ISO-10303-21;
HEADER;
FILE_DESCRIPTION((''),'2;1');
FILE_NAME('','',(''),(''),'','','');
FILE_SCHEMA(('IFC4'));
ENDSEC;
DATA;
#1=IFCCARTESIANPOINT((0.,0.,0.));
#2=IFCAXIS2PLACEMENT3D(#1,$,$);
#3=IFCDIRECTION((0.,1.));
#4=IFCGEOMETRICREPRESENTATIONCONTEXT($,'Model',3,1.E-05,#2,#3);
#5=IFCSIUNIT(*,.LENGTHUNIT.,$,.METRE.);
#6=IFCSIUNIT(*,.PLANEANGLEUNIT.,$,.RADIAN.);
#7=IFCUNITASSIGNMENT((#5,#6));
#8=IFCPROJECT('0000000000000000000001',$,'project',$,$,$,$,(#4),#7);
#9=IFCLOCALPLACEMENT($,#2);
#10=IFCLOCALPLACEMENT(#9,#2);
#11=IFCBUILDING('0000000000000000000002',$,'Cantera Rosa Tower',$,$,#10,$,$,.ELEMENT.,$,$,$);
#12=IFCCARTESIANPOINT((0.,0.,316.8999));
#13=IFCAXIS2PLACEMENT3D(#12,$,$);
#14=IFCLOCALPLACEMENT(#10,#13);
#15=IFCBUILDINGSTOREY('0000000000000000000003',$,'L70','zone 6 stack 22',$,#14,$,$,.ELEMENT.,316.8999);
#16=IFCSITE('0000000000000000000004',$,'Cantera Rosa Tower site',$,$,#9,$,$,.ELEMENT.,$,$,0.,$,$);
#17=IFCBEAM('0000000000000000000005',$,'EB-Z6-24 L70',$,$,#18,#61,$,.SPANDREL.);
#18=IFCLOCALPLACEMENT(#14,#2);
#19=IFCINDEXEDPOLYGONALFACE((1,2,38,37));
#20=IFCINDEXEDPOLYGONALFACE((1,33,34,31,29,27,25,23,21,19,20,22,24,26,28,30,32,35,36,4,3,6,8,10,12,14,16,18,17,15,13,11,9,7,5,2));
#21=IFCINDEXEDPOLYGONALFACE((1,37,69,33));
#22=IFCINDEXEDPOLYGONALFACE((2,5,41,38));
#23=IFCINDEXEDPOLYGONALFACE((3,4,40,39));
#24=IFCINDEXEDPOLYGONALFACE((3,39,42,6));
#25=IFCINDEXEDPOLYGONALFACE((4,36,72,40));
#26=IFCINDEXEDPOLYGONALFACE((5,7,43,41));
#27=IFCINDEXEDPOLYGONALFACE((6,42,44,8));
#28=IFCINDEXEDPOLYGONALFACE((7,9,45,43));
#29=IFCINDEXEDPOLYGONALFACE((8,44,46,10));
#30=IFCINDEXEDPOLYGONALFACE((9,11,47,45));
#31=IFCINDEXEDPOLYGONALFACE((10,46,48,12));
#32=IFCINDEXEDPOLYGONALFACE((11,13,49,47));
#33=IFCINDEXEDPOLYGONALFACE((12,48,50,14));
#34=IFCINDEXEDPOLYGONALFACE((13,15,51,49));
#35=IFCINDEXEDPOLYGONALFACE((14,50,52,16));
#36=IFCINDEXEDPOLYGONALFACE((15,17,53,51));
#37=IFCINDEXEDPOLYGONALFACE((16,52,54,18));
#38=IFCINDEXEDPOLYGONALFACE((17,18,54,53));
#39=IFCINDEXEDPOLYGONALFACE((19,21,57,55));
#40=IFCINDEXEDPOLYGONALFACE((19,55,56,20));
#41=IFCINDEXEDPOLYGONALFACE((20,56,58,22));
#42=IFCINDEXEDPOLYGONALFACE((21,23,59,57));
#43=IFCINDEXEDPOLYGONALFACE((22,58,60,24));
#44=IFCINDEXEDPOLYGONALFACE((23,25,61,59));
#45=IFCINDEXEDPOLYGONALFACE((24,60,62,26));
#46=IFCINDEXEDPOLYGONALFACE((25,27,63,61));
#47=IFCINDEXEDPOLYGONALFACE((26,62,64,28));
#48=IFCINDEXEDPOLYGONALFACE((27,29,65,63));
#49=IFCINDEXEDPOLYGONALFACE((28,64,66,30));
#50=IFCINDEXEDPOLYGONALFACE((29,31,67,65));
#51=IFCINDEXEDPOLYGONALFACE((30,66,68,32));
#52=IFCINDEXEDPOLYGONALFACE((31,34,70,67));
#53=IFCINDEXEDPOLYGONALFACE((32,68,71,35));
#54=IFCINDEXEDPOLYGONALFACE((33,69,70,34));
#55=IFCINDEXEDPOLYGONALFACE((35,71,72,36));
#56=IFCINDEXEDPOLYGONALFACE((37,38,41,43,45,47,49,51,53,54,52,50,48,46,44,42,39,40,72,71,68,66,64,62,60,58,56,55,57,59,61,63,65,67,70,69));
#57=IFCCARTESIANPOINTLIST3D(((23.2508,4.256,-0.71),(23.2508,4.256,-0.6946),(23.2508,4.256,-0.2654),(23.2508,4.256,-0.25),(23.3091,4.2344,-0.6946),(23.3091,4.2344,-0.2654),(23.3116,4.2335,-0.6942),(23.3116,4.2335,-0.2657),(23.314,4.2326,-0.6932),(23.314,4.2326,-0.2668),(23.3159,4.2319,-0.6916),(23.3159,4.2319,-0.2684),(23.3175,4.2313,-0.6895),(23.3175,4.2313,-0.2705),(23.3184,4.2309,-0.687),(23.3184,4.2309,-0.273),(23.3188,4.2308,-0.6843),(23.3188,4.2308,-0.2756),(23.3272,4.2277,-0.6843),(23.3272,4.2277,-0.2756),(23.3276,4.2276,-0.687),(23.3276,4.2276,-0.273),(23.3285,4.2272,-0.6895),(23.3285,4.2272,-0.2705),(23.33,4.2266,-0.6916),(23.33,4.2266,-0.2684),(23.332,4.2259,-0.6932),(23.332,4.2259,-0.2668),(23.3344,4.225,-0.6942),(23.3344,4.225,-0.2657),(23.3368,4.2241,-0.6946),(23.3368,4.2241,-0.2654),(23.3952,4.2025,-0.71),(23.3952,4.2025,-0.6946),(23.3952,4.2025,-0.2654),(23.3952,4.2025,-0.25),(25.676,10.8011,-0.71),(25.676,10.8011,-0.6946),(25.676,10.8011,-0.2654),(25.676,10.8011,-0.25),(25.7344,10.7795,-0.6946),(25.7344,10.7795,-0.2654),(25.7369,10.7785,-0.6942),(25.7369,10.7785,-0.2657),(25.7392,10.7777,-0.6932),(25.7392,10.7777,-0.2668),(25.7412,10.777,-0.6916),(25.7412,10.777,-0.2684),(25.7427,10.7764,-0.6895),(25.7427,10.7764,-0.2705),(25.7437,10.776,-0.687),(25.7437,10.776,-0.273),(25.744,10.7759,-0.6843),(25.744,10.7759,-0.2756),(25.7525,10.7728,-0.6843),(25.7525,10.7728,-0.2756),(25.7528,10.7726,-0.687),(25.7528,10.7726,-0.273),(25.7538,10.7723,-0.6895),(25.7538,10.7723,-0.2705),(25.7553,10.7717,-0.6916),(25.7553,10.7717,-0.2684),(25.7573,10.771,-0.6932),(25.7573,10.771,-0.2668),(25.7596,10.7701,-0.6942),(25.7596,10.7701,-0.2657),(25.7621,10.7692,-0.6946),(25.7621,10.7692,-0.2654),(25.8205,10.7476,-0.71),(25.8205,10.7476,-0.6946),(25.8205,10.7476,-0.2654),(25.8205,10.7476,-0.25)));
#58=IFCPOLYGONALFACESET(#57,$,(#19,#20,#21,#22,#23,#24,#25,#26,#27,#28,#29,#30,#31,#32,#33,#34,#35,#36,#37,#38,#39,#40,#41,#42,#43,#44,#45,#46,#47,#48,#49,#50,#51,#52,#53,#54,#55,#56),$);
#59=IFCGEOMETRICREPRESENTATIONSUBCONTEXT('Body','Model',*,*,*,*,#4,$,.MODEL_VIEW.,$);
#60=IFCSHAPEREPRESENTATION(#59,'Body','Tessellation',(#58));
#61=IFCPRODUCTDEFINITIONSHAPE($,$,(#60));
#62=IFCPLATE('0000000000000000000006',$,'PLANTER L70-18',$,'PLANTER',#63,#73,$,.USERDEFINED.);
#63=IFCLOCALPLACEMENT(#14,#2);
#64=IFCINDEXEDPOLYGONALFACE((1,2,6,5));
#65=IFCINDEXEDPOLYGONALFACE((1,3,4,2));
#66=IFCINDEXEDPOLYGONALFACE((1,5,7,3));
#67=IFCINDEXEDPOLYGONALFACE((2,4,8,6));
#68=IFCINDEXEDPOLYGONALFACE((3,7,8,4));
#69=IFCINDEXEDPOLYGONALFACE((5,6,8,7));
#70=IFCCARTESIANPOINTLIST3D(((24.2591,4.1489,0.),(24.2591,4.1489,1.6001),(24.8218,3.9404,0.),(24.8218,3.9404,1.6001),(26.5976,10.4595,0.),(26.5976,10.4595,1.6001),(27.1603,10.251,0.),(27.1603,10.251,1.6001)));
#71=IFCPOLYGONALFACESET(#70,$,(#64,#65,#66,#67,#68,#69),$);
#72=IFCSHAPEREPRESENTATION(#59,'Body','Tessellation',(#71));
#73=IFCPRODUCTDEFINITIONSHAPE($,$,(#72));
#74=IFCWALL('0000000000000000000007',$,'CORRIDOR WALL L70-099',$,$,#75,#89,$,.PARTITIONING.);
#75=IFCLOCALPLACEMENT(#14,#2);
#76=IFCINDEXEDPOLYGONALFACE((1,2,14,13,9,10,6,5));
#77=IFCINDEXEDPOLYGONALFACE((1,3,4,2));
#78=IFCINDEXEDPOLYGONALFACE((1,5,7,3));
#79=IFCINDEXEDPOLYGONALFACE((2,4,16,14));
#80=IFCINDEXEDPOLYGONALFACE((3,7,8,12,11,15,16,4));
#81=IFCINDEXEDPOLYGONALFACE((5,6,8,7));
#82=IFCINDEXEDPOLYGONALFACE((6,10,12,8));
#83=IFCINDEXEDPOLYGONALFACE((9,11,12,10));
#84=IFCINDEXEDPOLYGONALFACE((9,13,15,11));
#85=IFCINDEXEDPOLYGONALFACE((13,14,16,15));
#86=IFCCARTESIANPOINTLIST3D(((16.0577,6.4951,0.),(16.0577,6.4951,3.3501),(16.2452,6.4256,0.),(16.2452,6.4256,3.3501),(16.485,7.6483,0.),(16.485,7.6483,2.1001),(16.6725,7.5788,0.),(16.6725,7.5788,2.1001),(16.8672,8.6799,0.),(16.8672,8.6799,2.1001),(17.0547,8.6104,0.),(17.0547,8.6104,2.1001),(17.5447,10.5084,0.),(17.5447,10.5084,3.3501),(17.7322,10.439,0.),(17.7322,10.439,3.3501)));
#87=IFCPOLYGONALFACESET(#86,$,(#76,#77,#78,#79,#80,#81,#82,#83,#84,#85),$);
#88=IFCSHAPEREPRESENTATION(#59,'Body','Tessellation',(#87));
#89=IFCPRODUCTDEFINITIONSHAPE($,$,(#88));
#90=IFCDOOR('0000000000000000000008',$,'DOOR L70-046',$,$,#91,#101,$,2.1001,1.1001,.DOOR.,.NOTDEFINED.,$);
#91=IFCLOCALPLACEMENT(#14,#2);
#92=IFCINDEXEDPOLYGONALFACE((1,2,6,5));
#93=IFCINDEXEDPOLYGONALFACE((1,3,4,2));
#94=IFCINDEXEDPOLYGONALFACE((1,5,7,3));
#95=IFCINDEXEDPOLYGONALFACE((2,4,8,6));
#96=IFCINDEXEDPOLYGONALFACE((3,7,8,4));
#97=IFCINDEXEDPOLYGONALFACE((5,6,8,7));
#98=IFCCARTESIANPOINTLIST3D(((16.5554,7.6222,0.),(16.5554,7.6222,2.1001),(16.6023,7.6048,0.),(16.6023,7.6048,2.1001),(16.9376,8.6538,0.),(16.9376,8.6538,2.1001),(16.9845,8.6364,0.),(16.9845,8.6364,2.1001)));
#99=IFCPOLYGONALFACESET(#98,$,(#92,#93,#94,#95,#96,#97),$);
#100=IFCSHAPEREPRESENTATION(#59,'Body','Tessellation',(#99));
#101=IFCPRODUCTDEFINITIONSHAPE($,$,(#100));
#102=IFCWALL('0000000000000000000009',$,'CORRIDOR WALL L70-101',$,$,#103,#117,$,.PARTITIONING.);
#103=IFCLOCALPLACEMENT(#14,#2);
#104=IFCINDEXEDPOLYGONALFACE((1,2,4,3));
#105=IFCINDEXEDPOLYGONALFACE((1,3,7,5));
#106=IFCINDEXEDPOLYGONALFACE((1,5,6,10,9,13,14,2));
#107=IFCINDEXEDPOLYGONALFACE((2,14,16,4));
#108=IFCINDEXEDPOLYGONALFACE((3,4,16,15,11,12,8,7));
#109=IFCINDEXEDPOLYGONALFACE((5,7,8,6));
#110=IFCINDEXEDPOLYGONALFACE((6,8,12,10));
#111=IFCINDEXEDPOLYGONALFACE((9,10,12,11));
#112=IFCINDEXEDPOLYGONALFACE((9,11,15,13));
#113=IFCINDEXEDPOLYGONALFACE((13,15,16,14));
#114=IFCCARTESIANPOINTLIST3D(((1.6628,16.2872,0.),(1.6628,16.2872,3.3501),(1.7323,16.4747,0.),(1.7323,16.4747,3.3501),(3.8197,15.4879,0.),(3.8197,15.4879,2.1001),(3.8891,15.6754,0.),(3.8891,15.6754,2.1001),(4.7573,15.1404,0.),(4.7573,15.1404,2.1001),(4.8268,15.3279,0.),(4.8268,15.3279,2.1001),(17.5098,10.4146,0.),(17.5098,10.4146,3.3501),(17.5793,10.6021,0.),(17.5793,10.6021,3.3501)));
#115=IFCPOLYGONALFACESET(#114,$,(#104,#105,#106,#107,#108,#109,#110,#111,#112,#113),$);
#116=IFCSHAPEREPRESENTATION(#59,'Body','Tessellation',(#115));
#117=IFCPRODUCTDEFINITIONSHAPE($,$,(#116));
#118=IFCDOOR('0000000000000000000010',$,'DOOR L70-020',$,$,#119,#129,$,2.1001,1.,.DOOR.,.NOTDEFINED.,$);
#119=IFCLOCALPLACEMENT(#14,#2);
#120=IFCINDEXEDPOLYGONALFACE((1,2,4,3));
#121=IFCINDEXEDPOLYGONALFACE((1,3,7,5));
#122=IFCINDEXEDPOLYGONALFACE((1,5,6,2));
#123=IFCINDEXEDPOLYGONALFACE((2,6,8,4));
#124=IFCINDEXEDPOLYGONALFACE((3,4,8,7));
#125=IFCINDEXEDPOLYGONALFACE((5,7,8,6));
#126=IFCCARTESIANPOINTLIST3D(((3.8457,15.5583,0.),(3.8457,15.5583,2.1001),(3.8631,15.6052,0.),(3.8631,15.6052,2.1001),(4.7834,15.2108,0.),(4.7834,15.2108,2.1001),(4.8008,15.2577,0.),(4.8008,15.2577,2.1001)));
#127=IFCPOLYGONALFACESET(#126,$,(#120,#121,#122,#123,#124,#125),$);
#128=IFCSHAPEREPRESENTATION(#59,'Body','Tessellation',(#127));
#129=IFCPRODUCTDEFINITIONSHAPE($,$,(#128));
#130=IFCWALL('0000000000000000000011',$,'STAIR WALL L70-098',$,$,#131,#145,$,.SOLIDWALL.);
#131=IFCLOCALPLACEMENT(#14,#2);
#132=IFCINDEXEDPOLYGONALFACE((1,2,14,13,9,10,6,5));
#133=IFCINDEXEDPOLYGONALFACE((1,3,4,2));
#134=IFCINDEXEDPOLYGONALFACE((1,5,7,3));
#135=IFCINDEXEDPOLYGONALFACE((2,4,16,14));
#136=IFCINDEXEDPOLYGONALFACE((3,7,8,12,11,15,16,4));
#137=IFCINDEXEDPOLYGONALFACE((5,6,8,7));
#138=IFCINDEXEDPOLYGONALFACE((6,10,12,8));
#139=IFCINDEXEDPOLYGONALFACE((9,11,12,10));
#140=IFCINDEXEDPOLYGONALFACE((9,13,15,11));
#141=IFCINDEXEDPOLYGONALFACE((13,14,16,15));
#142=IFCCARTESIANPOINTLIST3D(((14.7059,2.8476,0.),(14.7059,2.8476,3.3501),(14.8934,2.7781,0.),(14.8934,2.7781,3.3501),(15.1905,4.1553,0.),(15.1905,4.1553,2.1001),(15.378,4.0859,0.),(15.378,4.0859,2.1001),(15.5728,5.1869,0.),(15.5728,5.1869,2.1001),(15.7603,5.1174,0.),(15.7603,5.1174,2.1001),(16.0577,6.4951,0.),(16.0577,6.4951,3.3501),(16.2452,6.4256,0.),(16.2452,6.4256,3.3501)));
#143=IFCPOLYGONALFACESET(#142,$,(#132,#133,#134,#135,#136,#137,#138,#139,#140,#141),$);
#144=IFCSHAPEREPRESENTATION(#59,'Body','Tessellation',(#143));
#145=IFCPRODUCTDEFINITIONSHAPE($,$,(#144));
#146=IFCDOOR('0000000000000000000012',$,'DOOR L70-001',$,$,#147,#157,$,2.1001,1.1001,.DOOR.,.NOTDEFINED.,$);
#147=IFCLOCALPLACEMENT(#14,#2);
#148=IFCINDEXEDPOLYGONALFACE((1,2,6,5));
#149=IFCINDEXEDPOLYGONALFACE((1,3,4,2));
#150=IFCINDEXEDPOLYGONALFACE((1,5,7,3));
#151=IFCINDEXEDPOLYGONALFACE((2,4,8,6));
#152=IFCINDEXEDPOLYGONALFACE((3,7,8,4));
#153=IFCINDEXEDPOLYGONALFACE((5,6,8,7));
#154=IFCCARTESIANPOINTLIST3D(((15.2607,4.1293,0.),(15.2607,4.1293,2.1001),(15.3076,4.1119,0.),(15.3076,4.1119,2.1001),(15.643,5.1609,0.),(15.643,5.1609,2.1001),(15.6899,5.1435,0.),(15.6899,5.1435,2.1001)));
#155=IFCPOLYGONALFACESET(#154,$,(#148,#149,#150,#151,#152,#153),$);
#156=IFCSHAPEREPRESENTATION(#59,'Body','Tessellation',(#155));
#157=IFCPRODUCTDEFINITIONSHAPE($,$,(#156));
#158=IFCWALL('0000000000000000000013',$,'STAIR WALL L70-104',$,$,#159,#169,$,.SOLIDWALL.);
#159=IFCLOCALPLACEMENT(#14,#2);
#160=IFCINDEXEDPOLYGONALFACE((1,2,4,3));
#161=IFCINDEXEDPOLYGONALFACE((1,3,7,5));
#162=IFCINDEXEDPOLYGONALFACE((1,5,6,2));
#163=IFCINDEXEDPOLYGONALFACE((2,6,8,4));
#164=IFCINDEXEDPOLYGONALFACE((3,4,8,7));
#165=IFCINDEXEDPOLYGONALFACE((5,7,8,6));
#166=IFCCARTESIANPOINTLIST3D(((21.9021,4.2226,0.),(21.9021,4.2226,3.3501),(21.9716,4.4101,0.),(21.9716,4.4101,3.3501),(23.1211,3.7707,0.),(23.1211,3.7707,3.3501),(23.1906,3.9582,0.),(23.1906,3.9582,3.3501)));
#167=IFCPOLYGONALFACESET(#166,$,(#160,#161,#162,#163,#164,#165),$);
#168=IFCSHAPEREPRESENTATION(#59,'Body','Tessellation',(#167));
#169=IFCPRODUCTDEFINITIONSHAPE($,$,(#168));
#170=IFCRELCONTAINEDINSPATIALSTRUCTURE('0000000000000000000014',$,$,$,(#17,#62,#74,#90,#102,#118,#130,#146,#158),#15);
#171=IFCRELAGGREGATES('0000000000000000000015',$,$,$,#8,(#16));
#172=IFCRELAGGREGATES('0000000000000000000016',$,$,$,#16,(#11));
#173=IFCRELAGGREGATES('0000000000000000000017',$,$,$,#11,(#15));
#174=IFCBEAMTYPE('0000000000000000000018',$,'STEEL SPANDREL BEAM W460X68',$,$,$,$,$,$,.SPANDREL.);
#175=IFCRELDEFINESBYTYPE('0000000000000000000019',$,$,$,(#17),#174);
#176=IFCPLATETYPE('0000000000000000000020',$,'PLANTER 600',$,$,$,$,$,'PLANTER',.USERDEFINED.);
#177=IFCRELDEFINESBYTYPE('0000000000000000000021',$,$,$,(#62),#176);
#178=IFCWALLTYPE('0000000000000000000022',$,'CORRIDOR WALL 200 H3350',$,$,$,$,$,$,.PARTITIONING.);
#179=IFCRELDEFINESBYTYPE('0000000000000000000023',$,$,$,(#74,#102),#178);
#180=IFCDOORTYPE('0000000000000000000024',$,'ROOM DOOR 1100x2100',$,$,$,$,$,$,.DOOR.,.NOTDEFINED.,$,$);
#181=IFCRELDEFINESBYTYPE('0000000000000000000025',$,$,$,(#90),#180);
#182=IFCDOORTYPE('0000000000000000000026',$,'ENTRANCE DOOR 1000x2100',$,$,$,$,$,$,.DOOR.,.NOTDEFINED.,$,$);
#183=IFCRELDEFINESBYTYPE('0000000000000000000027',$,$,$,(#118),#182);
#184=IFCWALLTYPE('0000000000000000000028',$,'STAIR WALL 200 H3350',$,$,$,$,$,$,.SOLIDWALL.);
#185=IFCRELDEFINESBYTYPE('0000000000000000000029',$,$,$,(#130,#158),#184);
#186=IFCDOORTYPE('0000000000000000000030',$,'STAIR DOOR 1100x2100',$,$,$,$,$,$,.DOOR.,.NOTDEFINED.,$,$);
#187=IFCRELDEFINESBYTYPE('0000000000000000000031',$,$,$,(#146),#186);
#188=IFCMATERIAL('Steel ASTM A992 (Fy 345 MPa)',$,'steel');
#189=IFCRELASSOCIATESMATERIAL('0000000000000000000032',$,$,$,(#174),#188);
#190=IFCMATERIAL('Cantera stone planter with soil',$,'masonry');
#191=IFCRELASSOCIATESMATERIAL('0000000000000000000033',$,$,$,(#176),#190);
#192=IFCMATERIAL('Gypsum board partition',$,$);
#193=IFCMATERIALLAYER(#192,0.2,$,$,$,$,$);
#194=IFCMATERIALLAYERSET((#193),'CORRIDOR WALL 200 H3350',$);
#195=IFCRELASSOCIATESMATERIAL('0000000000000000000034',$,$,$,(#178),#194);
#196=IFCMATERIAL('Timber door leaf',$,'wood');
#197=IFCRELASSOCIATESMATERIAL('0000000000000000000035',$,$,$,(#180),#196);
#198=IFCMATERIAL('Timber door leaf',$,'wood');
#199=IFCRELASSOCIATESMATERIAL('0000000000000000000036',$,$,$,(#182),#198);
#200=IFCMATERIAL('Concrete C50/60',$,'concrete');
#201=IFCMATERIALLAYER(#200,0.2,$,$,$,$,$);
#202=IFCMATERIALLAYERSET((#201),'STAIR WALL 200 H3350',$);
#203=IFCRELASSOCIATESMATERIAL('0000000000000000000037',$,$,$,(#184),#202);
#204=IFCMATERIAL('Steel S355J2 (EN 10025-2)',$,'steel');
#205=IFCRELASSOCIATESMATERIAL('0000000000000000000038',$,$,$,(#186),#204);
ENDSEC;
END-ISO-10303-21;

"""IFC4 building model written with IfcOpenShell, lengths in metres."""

from ifc_helpers import new_model, si_unit, direction, frame, frame_2d, origin, origin_2d, place, context, subcontext, project, spatial, rectangle, i_section, extrude, material, layer, layer_set, material_profile, profile_set, type_object, element, fill, save


model = new_model("IFC4")

# Units and contexts
model_context = context("Model", 3, precision=1e-05, world=origin(), true_north=direction((0.0, 1.0)))
body_context = subcontext(model_context, "Body", "Model", "MODEL_VIEW")
ifc_project = project(units=[si_unit("LENGTHUNIT", "METRE"), si_unit("PLANEANGLEUNIT", "RADIAN")], contexts=[model_context])

# Site, building, storey
site_placement = place(None, origin())
site = spatial("IfcSite", under=ifc_project, at=site_placement, Name="Cantera Rosa Tower site", CompositionType="ELEMENT", RefElevation=0.0)
building_placement = place(site_placement, origin())
building = spatial("IfcBuilding", under=site, at=building_placement, Name="Cantera Rosa Tower", CompositionType="ELEMENT")
storey_placement = place(building_placement, frame((0.0, 0.0, 316.8999)))
storey = spatial("IfcBuildingStorey", under=building, at=storey_placement, Name="L70", Description="zone 6 stack 22", CompositionType="ELEMENT", Elevation=316.8999)

# Beam
ifc_material_1 = material(Name="Steel ASTM A992 (Fy 345 MPa)", Category="steel")
ifc_material_profile_1 = material_profile(ifc_material_1, i_section(OverallWidth=0.1541, OverallDepth=0.46, WebThickness=0.009, FlangeThickness=0.0154, FilletRadius=0.0103, at=origin_2d()), Name="W460X68")
ifc_profile_set_1 = profile_set([ifc_material_profile_1], Name="Steel ASTM A992 (Fy 345 MPa)")
beam_type_1 = type_object("IfcBeamType", Name="STEEL SPANDREL BEAM W460X68", PredefinedType="SPANDREL", material=ifc_profile_set_1)
beam_1_placement = place(storey_placement, frame((23.323, 4.2292, -0.48), z_axis=(0.34746, 0.937695, 0.0), x_axis=(-0.937695, 0.34746, 0.0)))
element("IfcBeam", 1, at=beam_1_placement, inside=storey, type_object=beam_type_1, Name="EB-Z6-24 L70", PredefinedType="SPANDREL", context=body_context, shape_type="SweptSolid", body=[
    extrude(i_section(OverallWidth=0.1541, OverallDepth=0.46, WebThickness=0.009, FlangeThickness=0.0154, FilletRadius=0.0103, at=origin_2d()), origin(), (0.0, 0.0, 1.0), 6.98),
])

# Plate
ifc_material_2 = material(Name="Cantera stone planter with soil", Category="masonry")
plate_type = type_object("IfcPlateType", Name="PLANTER 600", ElementType="PLANTER", PredefinedType="USERDEFINED", material=ifc_material_2)
plate_placement = place(storey_placement, frame((25.7097, 7.2, 0.0), z_axis=(0.0, 0.0, 1.0), x_axis=(0.347481, 0.937687, 0.0)))
element("IfcPlate", 2, at=plate_placement, inside=storey, type_object=plate_type, Name="PLANTER L70-18", ObjectType="PLANTER", PredefinedType="USERDEFINED", context=body_context, shape_type="SweptSolid", body=[
    extrude(rectangle(XDim=6.73, YDim=0.6001, at=origin_2d()), origin(), (0.0, 0.0, 1.0), 1.6001),
])

# Walls, openings, doors
ifc_material_3 = material(Name="Gypsum board partition")
ifc_layer_1 = layer(ifc_material_3, 0.2)
ifc_layer_set_1 = layer_set([ifc_layer_1], Name="CORRIDOR WALL 200 H3350")
wall_type_1 = type_object("IfcWallType", Name="CORRIDOR WALL 200 H3350", PredefinedType="PARTITIONING", material=ifc_layer_set_1)
wall_1_placement = place(storey_placement, frame((16.1514, 6.4602, 0.0), z_axis=(0.0, 0.0, 1.0), x_axis=(0.347439, 0.937703, 0.0)))
wall_1 = element("IfcWall", 3, at=wall_1_placement, inside=storey, type_object=wall_type_1, Name="CORRIDOR WALL L70-099", PredefinedType="PARTITIONING", context=body_context, shape_type="SweptSolid", body=[
    extrude(rectangle(XDim=4.28, YDim=0.2, at=frame_2d((2.1401, 0.0))), origin(), (0.0, 0.0, 1.0), 3.3501),
])
opening_1_placement = place(wall_1_placement, frame((1.23, 0.0, 0.0)))
opening_1 = element("IfcOpeningElement", 4, at=opening_1_placement, cuts=wall_1, PredefinedType="OPENING", context=body_context, shape_type="SweptSolid", body=[
    extrude(rectangle(XDim=1.1001, YDim=2.1001, at=frame_2d((0.55, 1.05))), frame((0.0, 0.1099, 0.0), z_axis=(0.0, -1.0, 0.0), x_axis=(1.0, 0.0, 0.0)), (0.0, 0.0, 1.0), 0.22),
])
ifc_material_4 = material(Name="Timber door leaf", Category="wood")
door_type_1 = type_object("IfcDoorType", Name="ROOM DOOR 1100x2100", OperationType="NOTDEFINED", PredefinedType="DOOR", material=ifc_material_4)
door_1_placement = place(opening_1_placement, origin())
door_1 = element("IfcDoor", 5, at=door_1_placement, inside=storey, type_object=door_type_1, Name="DOOR L70-046", OperationType="NOTDEFINED", OverallHeight=2.1001, OverallWidth=1.1001, PredefinedType="DOOR", context=body_context, shape_type="SweptSolid", body=[
    extrude(rectangle(XDim=1.1001, YDim=2.1001, at=frame_2d((0.55, 1.05))), frame((0.0, 0.0249, 0.0), z_axis=(0.0, -1.0, 0.0), x_axis=(1.0, 0.0, 0.0)), (0.0, 0.0, 1.0), 0.05),
])
fill(opening_1, door_1)
wall_2_placement = place(storey_placement, frame((17.5447, 10.5083, 0.0), z_axis=(0.0, 0.0, 1.0), x_axis=(-0.937685, 0.347487, 0.0)))
wall_2 = element("IfcWall", 6, at=wall_2_placement, inside=storey, type_object=wall_type_1, Name="CORRIDOR WALL L70-101", PredefinedType="PARTITIONING", context=body_context, shape_type="SweptSolid", body=[
    extrude(rectangle(XDim=16.9001, YDim=0.2, at=frame_2d((8.4502, 0.0))), origin(), (0.0, 0.0, 1.0), 3.3501),
])
opening_2_placement = place(wall_2_placement, frame((13.6001, 0.0, 0.0)))
opening_2 = element("IfcOpeningElement", 7, at=opening_2_placement, cuts=wall_2, PredefinedType="OPENING", context=body_context, shape_type="SweptSolid", body=[
    extrude(rectangle(XDim=1.0, YDim=2.1001, at=frame_2d((0.5, 1.05))), frame((0.0, 0.1099, 0.0), z_axis=(0.0, -1.0, 0.0), x_axis=(1.0, 0.0, 0.0)), (0.0, 0.0, 1.0), 0.22),
])
ifc_material_5 = material(Name="Timber door leaf", Category="wood")
door_type_2 = type_object("IfcDoorType", Name="ENTRANCE DOOR 1000x2100", OperationType="NOTDEFINED", PredefinedType="DOOR", material=ifc_material_5)
door_2_placement = place(opening_2_placement, origin())
door_2 = element("IfcDoor", 8, at=door_2_placement, inside=storey, type_object=door_type_2, Name="DOOR L70-020", OperationType="NOTDEFINED", OverallHeight=2.1001, OverallWidth=1.0, PredefinedType="DOOR", context=body_context, shape_type="SweptSolid", body=[
    extrude(rectangle(XDim=1.0, YDim=2.1001, at=frame_2d((0.5, 1.05))), frame((0.0, 0.0249, 0.0), z_axis=(0.0, -1.0, 0.0), x_axis=(1.0, 0.0, 0.0)), (0.0, 0.0, 1.0), 0.05),
])
fill(opening_2, door_2)

# Wall, opening, door
ifc_material_6 = material(Name="Concrete C50/60", Category="concrete")
ifc_layer_2 = layer(ifc_material_6, 0.2)
ifc_layer_set_2 = layer_set([ifc_layer_2], Name="STAIR WALL 200 H3350")
wall_type_2 = type_object("IfcWallType", Name="STAIR WALL 200 H3350", PredefinedType="SOLIDWALL", material=ifc_layer_set_2)
wall_3_placement = place(storey_placement, frame((16.1514, 6.4602, 0.0), z_axis=(0.0, 0.0, 1.0), x_axis=(-0.347517, -0.937674, 0.0)))
wall_3 = element("IfcWall", 9, at=wall_3_placement, inside=storey, type_object=wall_type_2, Name="STAIR WALL L70-098", PredefinedType="SOLIDWALL", context=body_context, shape_type="SweptSolid", body=[
    extrude(rectangle(XDim=3.8899, YDim=0.2, at=frame_2d((1.9448, 0.0))), origin(), (0.0, 0.0, 1.0), 3.3501),
])
opening_3_placement = place(wall_3_placement, frame((1.395, 0.0, 0.0)))
opening_3 = element("IfcOpeningElement", 10, at=opening_3_placement, cuts=wall_3, PredefinedType="OPENING", context=body_context, shape_type="SweptSolid", body=[
    extrude(rectangle(XDim=1.1001, YDim=2.1001, at=frame_2d((0.55, 1.05))), frame((0.0, 0.1099, 0.0), z_axis=(0.0, -1.0, 0.0), x_axis=(1.0, 0.0, 0.0)), (0.0, 0.0, 1.0), 0.22),
])
ifc_material_7 = material(Name="Steel S355J2 (EN 10025-2)", Category="steel")
door_type_3 = type_object("IfcDoorType", Name="STAIR DOOR 1100x2100", OperationType="NOTDEFINED", PredefinedType="DOOR", material=ifc_material_7)
door_3_placement = place(opening_3_placement, origin())
door_3 = element("IfcDoor", 11, at=door_3_placement, inside=storey, type_object=door_type_3, Name="DOOR L70-001", OperationType="NOTDEFINED", OverallHeight=2.1001, OverallWidth=1.1001, PredefinedType="DOOR", context=body_context, shape_type="SweptSolid", body=[
    extrude(rectangle(XDim=1.1001, YDim=2.1001, at=frame_2d((0.55, 1.05))), frame((0.0, 0.0249, 0.0), z_axis=(0.0, -1.0, 0.0), x_axis=(1.0, 0.0, 0.0)), (0.0, 0.0, 1.0), 0.05),
])
fill(opening_3, door_3)

# Wall
wall_4_placement = place(storey_placement, frame((23.1558, 3.8645, 0.0), z_axis=(0.0, 0.0, 1.0), x_axis=(-0.937642, 0.347602, 0.0)))
element("IfcWall", 12, at=wall_4_placement, inside=storey, type_object=wall_type_2, Name="STAIR WALL L70-104", PredefinedType="SOLIDWALL", context=body_context, shape_type="SweptSolid", body=[
    extrude(rectangle(XDim=1.3, YDim=0.2, at=frame_2d((0.6499, 0.0))), origin(), (0.0, 0.0, 1.0), 3.3501),
])

save(model, "model.ifc")
